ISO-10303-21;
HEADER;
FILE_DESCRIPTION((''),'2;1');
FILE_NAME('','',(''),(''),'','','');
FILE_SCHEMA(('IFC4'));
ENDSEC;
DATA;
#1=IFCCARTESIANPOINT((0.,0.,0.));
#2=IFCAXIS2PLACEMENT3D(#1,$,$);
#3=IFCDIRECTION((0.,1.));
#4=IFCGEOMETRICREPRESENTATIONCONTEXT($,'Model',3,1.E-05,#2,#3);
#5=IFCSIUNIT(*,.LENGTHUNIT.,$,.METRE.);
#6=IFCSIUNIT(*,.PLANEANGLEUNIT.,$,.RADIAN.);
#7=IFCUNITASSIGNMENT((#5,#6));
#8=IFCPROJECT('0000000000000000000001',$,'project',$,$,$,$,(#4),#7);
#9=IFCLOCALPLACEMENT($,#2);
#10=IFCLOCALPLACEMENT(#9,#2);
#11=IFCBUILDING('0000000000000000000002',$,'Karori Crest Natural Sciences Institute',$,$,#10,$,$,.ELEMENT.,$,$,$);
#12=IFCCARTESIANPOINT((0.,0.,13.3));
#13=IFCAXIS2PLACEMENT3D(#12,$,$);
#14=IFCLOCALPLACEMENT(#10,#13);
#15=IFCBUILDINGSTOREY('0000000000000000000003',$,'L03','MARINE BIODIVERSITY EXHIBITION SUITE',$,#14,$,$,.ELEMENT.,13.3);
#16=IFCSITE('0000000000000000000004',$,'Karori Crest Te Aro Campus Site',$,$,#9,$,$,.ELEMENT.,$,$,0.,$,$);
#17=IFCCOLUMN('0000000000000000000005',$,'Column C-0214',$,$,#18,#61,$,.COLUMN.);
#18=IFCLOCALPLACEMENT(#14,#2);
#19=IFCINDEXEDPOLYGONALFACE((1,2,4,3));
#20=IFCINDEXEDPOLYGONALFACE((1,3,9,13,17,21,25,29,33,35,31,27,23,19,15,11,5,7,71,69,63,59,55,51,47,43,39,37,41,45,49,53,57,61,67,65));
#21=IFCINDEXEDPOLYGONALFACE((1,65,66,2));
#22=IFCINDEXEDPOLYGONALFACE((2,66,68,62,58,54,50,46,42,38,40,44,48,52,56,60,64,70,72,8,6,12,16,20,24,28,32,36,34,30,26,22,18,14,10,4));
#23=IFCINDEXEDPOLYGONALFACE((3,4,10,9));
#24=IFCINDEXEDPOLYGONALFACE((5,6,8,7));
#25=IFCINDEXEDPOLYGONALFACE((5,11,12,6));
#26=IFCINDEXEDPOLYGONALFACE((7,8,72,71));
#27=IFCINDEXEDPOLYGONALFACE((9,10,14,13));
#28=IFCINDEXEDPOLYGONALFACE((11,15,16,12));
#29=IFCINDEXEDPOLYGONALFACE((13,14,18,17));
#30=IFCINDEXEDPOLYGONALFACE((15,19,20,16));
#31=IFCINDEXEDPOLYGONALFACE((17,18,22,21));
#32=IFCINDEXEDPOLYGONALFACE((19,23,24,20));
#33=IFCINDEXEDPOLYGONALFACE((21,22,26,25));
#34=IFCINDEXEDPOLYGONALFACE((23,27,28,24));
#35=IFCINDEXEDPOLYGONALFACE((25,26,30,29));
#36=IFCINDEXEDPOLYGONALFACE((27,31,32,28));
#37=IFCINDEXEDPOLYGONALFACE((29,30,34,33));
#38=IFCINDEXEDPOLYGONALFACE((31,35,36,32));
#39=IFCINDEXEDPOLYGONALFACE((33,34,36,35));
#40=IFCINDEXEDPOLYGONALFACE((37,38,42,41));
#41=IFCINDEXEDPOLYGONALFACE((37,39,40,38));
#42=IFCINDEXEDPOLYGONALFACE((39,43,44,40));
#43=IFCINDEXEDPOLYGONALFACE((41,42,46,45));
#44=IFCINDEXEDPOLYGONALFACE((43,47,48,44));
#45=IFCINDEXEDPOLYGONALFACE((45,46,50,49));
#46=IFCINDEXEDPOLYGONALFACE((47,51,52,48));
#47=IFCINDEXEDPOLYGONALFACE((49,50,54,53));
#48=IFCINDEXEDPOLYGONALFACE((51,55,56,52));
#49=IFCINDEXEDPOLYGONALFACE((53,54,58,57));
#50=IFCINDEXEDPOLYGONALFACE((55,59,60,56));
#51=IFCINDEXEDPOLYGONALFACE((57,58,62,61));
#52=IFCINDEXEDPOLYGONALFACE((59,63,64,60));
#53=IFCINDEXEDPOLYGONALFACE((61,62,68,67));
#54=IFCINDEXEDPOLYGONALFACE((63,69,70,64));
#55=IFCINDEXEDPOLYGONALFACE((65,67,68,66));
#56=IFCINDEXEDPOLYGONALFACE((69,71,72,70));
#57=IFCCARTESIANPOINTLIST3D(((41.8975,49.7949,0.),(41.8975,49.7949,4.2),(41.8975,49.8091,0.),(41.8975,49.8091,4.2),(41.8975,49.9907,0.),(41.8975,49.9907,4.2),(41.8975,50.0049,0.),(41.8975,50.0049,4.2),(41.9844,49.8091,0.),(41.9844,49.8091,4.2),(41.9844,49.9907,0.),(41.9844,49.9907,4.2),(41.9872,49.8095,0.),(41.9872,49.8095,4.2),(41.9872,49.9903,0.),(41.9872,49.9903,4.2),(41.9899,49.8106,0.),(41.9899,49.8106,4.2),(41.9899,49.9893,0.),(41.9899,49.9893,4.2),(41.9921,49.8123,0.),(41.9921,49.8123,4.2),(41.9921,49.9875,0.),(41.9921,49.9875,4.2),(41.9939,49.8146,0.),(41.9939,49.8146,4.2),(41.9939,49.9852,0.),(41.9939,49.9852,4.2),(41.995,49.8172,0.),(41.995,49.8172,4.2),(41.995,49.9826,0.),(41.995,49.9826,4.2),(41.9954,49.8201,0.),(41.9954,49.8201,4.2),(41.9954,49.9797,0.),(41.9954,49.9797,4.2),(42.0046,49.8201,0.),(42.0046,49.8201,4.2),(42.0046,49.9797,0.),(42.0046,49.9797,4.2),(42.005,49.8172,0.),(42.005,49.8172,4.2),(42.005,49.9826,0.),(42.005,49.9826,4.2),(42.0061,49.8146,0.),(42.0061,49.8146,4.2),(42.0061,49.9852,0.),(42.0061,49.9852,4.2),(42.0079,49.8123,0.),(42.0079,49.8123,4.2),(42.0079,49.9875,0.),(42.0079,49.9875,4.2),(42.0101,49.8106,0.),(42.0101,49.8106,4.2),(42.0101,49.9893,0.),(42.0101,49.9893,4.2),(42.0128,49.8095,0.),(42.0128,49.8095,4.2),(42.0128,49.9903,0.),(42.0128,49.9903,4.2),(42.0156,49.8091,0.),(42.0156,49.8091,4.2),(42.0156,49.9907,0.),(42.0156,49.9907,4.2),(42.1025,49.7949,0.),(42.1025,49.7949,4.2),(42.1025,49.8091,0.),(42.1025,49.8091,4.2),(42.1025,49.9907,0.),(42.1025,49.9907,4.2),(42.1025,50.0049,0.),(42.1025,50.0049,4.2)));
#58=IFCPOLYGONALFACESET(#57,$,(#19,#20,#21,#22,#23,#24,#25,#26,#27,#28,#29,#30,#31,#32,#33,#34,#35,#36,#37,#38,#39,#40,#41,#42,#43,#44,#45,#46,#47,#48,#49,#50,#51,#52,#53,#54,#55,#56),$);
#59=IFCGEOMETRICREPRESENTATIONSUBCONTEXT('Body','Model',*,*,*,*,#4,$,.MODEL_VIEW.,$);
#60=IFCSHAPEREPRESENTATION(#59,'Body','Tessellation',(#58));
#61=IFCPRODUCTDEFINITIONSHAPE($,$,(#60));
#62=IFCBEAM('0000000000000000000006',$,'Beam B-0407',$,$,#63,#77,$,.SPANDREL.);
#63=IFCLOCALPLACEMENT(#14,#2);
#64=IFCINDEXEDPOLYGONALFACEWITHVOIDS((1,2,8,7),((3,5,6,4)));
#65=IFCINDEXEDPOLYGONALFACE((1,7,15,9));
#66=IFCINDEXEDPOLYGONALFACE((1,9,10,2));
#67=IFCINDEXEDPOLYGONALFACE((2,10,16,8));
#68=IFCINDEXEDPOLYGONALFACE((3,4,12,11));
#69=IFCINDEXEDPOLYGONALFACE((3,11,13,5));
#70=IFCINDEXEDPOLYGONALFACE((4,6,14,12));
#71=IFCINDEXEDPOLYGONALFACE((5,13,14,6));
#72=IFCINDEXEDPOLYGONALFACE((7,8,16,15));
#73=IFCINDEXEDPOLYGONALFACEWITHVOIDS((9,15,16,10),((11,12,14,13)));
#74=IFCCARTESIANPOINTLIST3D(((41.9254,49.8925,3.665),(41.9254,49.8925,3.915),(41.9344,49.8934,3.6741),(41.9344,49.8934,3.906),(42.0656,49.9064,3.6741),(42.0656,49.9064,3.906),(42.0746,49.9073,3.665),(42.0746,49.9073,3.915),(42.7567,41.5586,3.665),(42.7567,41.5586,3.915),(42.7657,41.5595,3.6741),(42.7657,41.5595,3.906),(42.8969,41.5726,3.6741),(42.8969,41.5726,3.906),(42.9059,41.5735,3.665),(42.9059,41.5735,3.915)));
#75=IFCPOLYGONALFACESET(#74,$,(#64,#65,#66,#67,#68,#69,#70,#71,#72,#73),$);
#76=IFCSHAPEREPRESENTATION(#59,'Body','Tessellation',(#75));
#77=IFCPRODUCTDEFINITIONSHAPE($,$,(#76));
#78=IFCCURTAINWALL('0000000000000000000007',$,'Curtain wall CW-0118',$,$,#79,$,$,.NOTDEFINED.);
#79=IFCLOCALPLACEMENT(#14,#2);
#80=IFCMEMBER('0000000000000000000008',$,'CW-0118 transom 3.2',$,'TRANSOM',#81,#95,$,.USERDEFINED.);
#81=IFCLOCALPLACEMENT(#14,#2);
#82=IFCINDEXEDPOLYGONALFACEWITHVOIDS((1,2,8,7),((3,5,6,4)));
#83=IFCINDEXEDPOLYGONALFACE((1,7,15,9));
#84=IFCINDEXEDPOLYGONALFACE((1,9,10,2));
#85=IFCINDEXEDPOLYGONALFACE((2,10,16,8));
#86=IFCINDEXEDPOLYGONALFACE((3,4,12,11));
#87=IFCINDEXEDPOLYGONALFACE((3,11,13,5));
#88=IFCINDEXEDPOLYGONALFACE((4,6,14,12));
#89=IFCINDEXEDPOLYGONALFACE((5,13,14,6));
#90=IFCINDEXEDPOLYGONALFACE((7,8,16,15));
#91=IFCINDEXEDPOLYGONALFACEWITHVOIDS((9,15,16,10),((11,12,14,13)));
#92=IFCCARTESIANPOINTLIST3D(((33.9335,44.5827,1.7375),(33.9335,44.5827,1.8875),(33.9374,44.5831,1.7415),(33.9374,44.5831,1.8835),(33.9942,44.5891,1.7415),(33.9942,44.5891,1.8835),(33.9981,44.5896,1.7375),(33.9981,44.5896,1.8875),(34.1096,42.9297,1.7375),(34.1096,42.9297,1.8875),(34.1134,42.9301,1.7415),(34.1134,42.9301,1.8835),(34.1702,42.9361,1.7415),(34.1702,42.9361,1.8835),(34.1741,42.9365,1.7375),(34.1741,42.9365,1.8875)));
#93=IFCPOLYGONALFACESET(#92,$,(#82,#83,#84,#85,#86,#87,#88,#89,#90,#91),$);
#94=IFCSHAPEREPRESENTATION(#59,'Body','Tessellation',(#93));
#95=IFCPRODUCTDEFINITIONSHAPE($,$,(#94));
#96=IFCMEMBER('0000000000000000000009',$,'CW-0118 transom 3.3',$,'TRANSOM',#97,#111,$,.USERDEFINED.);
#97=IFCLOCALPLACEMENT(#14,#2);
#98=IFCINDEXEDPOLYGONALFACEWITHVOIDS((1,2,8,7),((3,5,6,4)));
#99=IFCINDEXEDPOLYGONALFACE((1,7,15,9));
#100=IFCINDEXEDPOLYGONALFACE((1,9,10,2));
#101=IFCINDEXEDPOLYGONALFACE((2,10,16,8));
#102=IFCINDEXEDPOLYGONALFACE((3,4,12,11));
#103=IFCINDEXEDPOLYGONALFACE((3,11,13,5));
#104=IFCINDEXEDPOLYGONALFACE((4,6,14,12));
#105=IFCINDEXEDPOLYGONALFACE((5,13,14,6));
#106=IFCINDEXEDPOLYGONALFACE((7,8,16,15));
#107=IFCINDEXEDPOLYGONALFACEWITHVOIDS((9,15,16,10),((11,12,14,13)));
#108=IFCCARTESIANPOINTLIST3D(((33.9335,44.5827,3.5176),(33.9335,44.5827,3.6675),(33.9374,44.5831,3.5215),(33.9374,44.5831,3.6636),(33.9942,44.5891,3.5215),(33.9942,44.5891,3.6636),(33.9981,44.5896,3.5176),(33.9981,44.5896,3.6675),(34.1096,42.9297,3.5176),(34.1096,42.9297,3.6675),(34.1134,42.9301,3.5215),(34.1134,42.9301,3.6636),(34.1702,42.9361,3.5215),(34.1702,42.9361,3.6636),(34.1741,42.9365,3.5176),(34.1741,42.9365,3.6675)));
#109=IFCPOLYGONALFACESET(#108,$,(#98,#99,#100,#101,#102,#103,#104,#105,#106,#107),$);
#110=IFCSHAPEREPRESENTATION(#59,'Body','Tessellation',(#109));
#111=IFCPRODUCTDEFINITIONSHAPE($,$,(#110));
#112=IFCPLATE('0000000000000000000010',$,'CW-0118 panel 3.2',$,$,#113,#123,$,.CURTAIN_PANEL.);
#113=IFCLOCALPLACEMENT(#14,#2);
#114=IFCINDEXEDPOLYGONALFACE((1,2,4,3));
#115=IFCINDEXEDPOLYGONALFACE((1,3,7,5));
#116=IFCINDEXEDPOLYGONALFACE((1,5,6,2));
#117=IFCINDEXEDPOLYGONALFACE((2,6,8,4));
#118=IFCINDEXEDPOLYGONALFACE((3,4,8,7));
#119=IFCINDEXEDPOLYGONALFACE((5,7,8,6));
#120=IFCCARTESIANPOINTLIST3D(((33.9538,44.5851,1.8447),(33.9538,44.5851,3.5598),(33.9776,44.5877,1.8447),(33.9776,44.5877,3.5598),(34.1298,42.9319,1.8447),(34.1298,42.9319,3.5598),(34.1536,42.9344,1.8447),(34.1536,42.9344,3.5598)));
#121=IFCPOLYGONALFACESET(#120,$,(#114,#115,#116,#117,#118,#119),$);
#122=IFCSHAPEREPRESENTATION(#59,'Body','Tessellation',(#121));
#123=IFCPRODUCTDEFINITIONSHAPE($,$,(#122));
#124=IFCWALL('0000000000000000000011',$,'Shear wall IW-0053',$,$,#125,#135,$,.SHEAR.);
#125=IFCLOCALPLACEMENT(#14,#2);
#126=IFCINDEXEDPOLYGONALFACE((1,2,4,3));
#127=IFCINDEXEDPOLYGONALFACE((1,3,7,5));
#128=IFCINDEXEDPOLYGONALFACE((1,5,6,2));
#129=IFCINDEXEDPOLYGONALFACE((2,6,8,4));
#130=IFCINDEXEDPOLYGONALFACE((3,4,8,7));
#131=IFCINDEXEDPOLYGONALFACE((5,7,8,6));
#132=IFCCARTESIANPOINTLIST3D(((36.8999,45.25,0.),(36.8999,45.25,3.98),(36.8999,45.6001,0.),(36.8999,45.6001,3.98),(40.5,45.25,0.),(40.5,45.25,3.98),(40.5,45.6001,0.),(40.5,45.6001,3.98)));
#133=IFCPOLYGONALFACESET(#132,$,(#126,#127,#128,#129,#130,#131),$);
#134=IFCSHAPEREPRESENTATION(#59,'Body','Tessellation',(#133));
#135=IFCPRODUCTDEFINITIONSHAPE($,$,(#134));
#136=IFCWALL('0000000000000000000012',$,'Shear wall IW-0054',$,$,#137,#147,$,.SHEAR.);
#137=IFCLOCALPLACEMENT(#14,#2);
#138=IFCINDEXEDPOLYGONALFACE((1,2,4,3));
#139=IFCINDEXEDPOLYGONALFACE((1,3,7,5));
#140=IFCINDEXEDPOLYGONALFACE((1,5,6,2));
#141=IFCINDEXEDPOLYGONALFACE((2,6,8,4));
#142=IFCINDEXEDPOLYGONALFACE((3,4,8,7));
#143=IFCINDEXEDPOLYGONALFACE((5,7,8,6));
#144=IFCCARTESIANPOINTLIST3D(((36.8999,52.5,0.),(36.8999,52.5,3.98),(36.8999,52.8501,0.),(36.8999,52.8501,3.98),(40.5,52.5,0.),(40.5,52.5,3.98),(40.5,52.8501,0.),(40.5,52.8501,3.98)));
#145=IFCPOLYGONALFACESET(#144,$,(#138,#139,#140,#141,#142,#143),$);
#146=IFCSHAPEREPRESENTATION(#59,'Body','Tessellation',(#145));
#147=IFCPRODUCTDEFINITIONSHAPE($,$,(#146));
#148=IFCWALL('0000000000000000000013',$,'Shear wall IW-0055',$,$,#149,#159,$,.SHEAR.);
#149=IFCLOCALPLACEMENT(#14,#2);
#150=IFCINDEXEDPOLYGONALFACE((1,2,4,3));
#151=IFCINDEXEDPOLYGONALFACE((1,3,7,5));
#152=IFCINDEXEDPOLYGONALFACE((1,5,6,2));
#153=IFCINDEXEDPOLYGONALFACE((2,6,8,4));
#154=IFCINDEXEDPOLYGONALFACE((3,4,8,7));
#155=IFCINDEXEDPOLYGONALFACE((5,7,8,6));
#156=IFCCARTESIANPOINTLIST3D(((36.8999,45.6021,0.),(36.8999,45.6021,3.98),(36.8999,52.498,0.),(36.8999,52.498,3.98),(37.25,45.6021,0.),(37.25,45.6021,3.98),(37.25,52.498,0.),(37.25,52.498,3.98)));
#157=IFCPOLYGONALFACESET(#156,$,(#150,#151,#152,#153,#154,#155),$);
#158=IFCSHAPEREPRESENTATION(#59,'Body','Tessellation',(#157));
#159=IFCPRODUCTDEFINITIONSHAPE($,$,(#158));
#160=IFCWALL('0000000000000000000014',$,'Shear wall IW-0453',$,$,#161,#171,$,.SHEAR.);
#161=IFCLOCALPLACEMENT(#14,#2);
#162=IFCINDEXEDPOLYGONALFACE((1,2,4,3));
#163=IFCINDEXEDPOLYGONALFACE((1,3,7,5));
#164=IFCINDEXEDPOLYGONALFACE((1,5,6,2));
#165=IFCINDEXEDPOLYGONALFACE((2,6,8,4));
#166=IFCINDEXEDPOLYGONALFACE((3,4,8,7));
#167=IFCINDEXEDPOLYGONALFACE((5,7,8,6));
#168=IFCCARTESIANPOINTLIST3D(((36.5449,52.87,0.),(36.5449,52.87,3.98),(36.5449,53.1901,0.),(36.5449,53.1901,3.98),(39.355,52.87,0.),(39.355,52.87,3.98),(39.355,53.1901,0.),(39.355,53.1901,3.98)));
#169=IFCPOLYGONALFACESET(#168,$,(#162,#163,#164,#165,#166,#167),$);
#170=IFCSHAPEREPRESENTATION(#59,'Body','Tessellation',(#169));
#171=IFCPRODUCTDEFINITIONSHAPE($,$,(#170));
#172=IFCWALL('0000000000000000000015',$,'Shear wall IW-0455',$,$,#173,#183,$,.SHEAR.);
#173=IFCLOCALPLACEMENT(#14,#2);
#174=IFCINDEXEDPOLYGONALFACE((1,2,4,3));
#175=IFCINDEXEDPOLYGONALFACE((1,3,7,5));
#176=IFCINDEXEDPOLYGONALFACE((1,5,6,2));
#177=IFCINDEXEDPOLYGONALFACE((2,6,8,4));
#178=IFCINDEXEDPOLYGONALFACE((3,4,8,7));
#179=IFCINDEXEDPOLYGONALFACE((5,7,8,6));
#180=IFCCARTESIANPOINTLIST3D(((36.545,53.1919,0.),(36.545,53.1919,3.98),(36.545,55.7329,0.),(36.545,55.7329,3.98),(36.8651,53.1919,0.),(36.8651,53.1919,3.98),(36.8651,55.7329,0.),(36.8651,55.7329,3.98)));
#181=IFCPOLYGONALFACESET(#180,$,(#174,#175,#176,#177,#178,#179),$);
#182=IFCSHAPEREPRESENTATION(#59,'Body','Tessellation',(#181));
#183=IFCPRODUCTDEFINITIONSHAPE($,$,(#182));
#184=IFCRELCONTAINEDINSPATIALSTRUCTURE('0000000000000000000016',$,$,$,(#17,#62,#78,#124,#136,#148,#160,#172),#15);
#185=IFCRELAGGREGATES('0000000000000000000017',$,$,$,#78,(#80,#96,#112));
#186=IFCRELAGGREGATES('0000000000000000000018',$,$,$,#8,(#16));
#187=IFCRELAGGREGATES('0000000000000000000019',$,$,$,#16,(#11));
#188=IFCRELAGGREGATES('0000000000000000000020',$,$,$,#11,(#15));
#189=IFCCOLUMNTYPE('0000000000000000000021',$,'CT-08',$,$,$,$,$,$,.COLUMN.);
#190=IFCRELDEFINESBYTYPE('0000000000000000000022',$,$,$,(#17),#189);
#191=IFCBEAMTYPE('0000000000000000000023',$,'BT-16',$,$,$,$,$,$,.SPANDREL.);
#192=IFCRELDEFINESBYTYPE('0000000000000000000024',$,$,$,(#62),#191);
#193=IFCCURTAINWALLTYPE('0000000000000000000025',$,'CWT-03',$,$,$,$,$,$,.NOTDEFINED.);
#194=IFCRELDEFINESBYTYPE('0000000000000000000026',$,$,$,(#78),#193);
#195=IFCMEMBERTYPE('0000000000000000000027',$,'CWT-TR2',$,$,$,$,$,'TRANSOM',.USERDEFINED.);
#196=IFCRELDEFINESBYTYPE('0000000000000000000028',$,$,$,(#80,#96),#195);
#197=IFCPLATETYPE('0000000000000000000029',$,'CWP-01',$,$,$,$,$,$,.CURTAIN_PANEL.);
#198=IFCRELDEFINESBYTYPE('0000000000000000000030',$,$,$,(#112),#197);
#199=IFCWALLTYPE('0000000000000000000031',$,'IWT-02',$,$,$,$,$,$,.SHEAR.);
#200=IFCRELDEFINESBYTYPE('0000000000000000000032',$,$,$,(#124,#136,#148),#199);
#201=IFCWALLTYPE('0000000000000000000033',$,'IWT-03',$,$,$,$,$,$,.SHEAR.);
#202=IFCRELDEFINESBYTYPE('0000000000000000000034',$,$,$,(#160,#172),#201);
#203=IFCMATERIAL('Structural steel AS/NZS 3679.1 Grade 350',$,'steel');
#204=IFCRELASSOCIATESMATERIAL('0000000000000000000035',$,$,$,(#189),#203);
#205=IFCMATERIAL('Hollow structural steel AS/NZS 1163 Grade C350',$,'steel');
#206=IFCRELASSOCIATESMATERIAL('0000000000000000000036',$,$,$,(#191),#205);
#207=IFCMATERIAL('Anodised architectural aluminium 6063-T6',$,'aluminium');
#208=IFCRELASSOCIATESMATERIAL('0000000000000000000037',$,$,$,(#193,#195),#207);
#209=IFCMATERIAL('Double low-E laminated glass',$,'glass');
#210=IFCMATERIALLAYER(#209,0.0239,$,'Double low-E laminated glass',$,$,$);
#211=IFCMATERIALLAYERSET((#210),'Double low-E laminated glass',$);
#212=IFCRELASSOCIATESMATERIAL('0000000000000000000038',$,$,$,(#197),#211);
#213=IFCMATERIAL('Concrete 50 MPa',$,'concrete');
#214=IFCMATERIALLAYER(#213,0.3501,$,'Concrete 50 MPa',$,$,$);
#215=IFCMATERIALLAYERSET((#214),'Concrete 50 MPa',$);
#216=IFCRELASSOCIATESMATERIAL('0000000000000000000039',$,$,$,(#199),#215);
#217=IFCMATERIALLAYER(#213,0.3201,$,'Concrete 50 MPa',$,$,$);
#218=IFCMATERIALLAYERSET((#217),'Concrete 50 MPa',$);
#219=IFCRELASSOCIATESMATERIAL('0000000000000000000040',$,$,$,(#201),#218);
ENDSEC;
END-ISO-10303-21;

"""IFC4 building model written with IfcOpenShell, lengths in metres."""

from ifc_helpers import new_model, si_unit, direction, frame, frame_2d, origin, origin_2d, place, context, subcontext, project, spatial, rectangle, hollow_rectangle, i_section, extrude, material, layer, layer_set, material_profile, profile_set, type_object, element, aggregate, save


model = new_model("IFC4")

# Units and contexts
model_context = context("Model", 3, precision=1e-05, world=origin(), true_north=direction((0.0, 1.0)))
body_context = subcontext(model_context, "Body", "Model", "MODEL_VIEW")
ifc_project = project(units=[si_unit("LENGTHUNIT", "METRE"), si_unit("PLANEANGLEUNIT", "RADIAN")], contexts=[model_context])

# Site, building, storey
site_placement = place(None, origin())
site = spatial("IfcSite", under=ifc_project, at=site_placement, Name="Karori Crest Te Aro Campus Site", CompositionType="ELEMENT", RefElevation=0.0)
building_placement = place(site_placement, origin())
building = spatial("IfcBuilding", under=site, at=building_placement, Name="Karori Crest Natural Sciences Institute", CompositionType="ELEMENT")
storey_placement = place(building_placement, frame((0.0, 0.0, 13.3)))
storey = spatial("IfcBuildingStorey", under=building, at=storey_placement, Name="L03", Description="MARINE BIODIVERSITY EXHIBITION SUITE", CompositionType="ELEMENT", Elevation=13.3)

# Column
ifc_material_1 = material(Name="Structural steel AS/NZS 3679.1 Grade 350", Category="steel")
ifc_material_profile_1 = material_profile(ifc_material_1, i_section(OverallWidth=0.2051, OverallDepth=0.21, WebThickness=0.0093, FlangeThickness=0.0142, FilletRadius=0.011, at=origin_2d()), Name="200UC59.5")
ifc_profile_set_1 = profile_set([ifc_material_profile_1], Name="Structural steel AS/NZS 3679.1 Grade 350")
column_type = type_object("IfcColumnType", Name="CT-08", PredefinedType="COLUMN", material=ifc_profile_set_1)
column_placement = place(storey_placement, frame((42.0, 49.8999, 0.0), z_axis=(0.0, 0.0, 1.0), x_axis=(1.0, 0.0, 0.0)))
element("IfcColumn", 1, at=column_placement, inside=storey, type_object=column_type, Name="Column C-0214", PredefinedType="COLUMN", context=body_context, shape_type="SweptSolid", body=[
    extrude(i_section(OverallWidth=0.2051, OverallDepth=0.21, WebThickness=0.0093, FlangeThickness=0.0142, FilletRadius=0.011, at=origin_2d()), origin(), (0.0, 0.0, 1.0), 4.2),
])

# Beam
ifc_material_2 = material(Name="Hollow structural steel AS/NZS 1163 Grade C350", Category="steel")
ifc_material_profile_2 = material_profile(ifc_material_2, hollow_rectangle(XDim=0.1499, YDim=0.25, WallThickness=0.009, at=origin_2d()), Name="RHS250x150x9")
ifc_profile_set_2 = profile_set([ifc_material_profile_2], Name="Hollow structural steel AS/NZS 1163 Grade C350")
beam_type = type_object("IfcBeamType", Name="BT-16", PredefinedType="SPANDREL", material=ifc_profile_set_2)
beam_placement = place(storey_placement, frame((42.0, 49.8999, 3.79), z_axis=(0.099256, -0.995062, 0.0), x_axis=(0.995062, 0.099256, 0.0)))
element("IfcBeam", 2, at=beam_placement, inside=storey, type_object=beam_type, Name="Beam B-0407", PredefinedType="SPANDREL", context=body_context, shape_type="SweptSolid", body=[
    extrude(hollow_rectangle(XDim=0.1499, YDim=0.25, WallThickness=0.009, at=origin_2d()), origin(), (0.0, 0.0, 1.0), 8.3752),
])

# Curtain wall, members, plate
ifc_material_3 = material(Name="Anodised architectural aluminium 6063-T6", Category="aluminium")
curtain_wall_type = type_object("IfcCurtainWallType", Name="CWT-03", PredefinedType="NOTDEFINED", material=ifc_material_3)
curtain_wall_placement = place(storey_placement, origin())
curtain_wall = element("IfcCurtainWall", 3, at=curtain_wall_placement, inside=storey, type_object=curtain_wall_type, Name="Curtain wall CW-0118", PredefinedType="NOTDEFINED")
ifc_material_profile_3 = material_profile(ifc_material_3, hollow_rectangle(XDim=0.0649, YDim=0.1499, WallThickness=0.0039, at=origin_2d()), Name="CWT150x65x4")
ifc_profile_set_3 = profile_set([ifc_material_profile_3], Name="Anodised architectural aluminium 6063-T6")
member_type = type_object("IfcMemberType", Name="CWT-TR2", ElementType="TRANSOM", PredefinedType="USERDEFINED", material=ifc_profile_set_3)
member_1_placement = place(storey_placement, frame((34.1418, 42.9331, 1.8125), z_axis=(-0.105885, 0.994378, 0.0), x_axis=(-0.994378, -0.105885, 0.0)))
member_1 = element("IfcMember", 4, at=member_1_placement, type_object=member_type, Name="CW-0118 transom 3.2", ObjectType="TRANSOM", PredefinedType="USERDEFINED", context=body_context, shape_type="SweptSolid", body=[
    extrude(hollow_rectangle(XDim=0.0649, YDim=0.1499, WallThickness=0.0039, at=origin_2d()), origin(), (0.0, 0.0, 1.0), 1.6624),
])
member_2_placement = place(storey_placement, frame((34.1418, 42.9331, 3.5925), z_axis=(-0.105885, 0.994378, 0.0), x_axis=(-0.994378, -0.105885, 0.0)))
member_2 = element("IfcMember", 5, at=member_2_placement, type_object=member_type, Name="CW-0118 transom 3.3", ObjectType="TRANSOM", PredefinedType="USERDEFINED", context=body_context, shape_type="SweptSolid", body=[
    extrude(hollow_rectangle(XDim=0.0649, YDim=0.1499, WallThickness=0.0039, at=origin_2d()), origin(), (0.0, 0.0, 1.0), 1.6624),
])
ifc_material_4 = material(Name="Double low-E laminated glass", Category="glass")
ifc_layer_1 = layer(ifc_material_4, 0.0239, Name="Double low-E laminated glass")
ifc_layer_set_1 = layer_set([ifc_layer_1], Name="Double low-E laminated glass")
plate_type = type_object("IfcPlateType", Name="CWP-01", PredefinedType="CURTAIN_PANEL", material=ifc_layer_set_1)
plate_placement = place(storey_placement, frame((34.0537, 43.7598, 1.8447), z_axis=(0.0, 0.0, 1.0), x_axis=(-0.105884, 0.994378, 0.0)))
plate = element("IfcPlate", 6, at=plate_placement, type_object=plate_type, Name="CW-0118 panel 3.2", PredefinedType="CURTAIN_PANEL", context=body_context, shape_type="SweptSolid", body=[
    extrude(rectangle(XDim=1.6626, YDim=0.0239, at=origin_2d()), origin(), (0.0, 0.0, 1.0), 1.7151),
])
aggregate(curtain_wall, [member_1, member_2, plate])

# Walls
ifc_material_5 = material(Name="Concrete 50 MPa", Category="concrete")
ifc_layer_2 = layer(ifc_material_5, 0.3501, Name="Concrete 50 MPa")
ifc_layer_set_2 = layer_set([ifc_layer_2], Name="Concrete 50 MPa")
wall_type_1 = type_object("IfcWallType", Name="IWT-02", PredefinedType="SHEAR", material=ifc_layer_set_2)
for number, where, z_axis, x_axis, name in (
    (7, (36.8999, 45.425, 0.0), (0.0, 0.0, 1.0), (1.0, 0.0, 0.0), "Shear wall IW-0053"),
    (8, (36.8999, 52.675, 0.0), (0.0, 0.0, 1.0), (1.0, 0.0, 0.0), "Shear wall IW-0054"),
):
    element("IfcWall", number, at=place(storey_placement, frame(where, z_axis=z_axis, x_axis=x_axis)), inside=storey, type_object=wall_type_1, Name=name, PredefinedType="SHEAR", context=body_context, shape_type="SweptSolid", body=[
        extrude(rectangle(XDim=3.6001, YDim=0.3501, at=frame_2d((1.8, 0.0))), origin(), (0.0, 0.0, 1.0), 3.98),
    ])
wall_1_placement = place(storey_placement, frame((37.075, 45.6021, 0.0), z_axis=(0.0, 0.0, 1.0), x_axis=(0.0, 1.0, 0.0)))
element("IfcWall", 9, at=wall_1_placement, inside=storey, type_object=wall_type_1, Name="Shear wall IW-0055", PredefinedType="SHEAR", context=body_context, shape_type="SweptSolid", body=[
    extrude(rectangle(XDim=6.896, YDim=0.3501, at=frame_2d((3.448, 0.0))), origin(), (0.0, 0.0, 1.0), 3.98),
])

# Walls
ifc_layer_3 = layer(ifc_material_5, 0.3201, Name="Concrete 50 MPa")
ifc_layer_set_3 = layer_set([ifc_layer_3], Name="Concrete 50 MPa")
wall_type_2 = type_object("IfcWallType", Name="IWT-03", PredefinedType="SHEAR", material=ifc_layer_set_3)
wall_2_placement = place(storey_placement, frame((36.5449, 53.03, 0.0), z_axis=(0.0, 0.0, 1.0), x_axis=(1.0, 0.0, 0.0)))
element("IfcWall", 10, at=wall_2_placement, inside=storey, type_object=wall_type_2, Name="Shear wall IW-0453", PredefinedType="SHEAR", context=body_context, shape_type="SweptSolid", body=[
    extrude(rectangle(XDim=2.8101, YDim=0.3201, at=frame_2d((1.405, 0.0))), origin(), (0.0, 0.0, 1.0), 3.98),
])
wall_3_placement = place(storey_placement, frame((36.7051, 53.1919, 0.0), z_axis=(0.0, 0.0, 1.0), x_axis=(0.0, 1.0, 0.0)))
element("IfcWall", 11, at=wall_3_placement, inside=storey, type_object=wall_type_2, Name="Shear wall IW-0455", PredefinedType="SHEAR", context=body_context, shape_type="SweptSolid", body=[
    extrude(rectangle(XDim=2.541, YDim=0.3201, at=frame_2d((1.2705, 0.0))), origin(), (0.0, 0.0, 1.0), 3.98),
])

save(model, "model.ifc")
